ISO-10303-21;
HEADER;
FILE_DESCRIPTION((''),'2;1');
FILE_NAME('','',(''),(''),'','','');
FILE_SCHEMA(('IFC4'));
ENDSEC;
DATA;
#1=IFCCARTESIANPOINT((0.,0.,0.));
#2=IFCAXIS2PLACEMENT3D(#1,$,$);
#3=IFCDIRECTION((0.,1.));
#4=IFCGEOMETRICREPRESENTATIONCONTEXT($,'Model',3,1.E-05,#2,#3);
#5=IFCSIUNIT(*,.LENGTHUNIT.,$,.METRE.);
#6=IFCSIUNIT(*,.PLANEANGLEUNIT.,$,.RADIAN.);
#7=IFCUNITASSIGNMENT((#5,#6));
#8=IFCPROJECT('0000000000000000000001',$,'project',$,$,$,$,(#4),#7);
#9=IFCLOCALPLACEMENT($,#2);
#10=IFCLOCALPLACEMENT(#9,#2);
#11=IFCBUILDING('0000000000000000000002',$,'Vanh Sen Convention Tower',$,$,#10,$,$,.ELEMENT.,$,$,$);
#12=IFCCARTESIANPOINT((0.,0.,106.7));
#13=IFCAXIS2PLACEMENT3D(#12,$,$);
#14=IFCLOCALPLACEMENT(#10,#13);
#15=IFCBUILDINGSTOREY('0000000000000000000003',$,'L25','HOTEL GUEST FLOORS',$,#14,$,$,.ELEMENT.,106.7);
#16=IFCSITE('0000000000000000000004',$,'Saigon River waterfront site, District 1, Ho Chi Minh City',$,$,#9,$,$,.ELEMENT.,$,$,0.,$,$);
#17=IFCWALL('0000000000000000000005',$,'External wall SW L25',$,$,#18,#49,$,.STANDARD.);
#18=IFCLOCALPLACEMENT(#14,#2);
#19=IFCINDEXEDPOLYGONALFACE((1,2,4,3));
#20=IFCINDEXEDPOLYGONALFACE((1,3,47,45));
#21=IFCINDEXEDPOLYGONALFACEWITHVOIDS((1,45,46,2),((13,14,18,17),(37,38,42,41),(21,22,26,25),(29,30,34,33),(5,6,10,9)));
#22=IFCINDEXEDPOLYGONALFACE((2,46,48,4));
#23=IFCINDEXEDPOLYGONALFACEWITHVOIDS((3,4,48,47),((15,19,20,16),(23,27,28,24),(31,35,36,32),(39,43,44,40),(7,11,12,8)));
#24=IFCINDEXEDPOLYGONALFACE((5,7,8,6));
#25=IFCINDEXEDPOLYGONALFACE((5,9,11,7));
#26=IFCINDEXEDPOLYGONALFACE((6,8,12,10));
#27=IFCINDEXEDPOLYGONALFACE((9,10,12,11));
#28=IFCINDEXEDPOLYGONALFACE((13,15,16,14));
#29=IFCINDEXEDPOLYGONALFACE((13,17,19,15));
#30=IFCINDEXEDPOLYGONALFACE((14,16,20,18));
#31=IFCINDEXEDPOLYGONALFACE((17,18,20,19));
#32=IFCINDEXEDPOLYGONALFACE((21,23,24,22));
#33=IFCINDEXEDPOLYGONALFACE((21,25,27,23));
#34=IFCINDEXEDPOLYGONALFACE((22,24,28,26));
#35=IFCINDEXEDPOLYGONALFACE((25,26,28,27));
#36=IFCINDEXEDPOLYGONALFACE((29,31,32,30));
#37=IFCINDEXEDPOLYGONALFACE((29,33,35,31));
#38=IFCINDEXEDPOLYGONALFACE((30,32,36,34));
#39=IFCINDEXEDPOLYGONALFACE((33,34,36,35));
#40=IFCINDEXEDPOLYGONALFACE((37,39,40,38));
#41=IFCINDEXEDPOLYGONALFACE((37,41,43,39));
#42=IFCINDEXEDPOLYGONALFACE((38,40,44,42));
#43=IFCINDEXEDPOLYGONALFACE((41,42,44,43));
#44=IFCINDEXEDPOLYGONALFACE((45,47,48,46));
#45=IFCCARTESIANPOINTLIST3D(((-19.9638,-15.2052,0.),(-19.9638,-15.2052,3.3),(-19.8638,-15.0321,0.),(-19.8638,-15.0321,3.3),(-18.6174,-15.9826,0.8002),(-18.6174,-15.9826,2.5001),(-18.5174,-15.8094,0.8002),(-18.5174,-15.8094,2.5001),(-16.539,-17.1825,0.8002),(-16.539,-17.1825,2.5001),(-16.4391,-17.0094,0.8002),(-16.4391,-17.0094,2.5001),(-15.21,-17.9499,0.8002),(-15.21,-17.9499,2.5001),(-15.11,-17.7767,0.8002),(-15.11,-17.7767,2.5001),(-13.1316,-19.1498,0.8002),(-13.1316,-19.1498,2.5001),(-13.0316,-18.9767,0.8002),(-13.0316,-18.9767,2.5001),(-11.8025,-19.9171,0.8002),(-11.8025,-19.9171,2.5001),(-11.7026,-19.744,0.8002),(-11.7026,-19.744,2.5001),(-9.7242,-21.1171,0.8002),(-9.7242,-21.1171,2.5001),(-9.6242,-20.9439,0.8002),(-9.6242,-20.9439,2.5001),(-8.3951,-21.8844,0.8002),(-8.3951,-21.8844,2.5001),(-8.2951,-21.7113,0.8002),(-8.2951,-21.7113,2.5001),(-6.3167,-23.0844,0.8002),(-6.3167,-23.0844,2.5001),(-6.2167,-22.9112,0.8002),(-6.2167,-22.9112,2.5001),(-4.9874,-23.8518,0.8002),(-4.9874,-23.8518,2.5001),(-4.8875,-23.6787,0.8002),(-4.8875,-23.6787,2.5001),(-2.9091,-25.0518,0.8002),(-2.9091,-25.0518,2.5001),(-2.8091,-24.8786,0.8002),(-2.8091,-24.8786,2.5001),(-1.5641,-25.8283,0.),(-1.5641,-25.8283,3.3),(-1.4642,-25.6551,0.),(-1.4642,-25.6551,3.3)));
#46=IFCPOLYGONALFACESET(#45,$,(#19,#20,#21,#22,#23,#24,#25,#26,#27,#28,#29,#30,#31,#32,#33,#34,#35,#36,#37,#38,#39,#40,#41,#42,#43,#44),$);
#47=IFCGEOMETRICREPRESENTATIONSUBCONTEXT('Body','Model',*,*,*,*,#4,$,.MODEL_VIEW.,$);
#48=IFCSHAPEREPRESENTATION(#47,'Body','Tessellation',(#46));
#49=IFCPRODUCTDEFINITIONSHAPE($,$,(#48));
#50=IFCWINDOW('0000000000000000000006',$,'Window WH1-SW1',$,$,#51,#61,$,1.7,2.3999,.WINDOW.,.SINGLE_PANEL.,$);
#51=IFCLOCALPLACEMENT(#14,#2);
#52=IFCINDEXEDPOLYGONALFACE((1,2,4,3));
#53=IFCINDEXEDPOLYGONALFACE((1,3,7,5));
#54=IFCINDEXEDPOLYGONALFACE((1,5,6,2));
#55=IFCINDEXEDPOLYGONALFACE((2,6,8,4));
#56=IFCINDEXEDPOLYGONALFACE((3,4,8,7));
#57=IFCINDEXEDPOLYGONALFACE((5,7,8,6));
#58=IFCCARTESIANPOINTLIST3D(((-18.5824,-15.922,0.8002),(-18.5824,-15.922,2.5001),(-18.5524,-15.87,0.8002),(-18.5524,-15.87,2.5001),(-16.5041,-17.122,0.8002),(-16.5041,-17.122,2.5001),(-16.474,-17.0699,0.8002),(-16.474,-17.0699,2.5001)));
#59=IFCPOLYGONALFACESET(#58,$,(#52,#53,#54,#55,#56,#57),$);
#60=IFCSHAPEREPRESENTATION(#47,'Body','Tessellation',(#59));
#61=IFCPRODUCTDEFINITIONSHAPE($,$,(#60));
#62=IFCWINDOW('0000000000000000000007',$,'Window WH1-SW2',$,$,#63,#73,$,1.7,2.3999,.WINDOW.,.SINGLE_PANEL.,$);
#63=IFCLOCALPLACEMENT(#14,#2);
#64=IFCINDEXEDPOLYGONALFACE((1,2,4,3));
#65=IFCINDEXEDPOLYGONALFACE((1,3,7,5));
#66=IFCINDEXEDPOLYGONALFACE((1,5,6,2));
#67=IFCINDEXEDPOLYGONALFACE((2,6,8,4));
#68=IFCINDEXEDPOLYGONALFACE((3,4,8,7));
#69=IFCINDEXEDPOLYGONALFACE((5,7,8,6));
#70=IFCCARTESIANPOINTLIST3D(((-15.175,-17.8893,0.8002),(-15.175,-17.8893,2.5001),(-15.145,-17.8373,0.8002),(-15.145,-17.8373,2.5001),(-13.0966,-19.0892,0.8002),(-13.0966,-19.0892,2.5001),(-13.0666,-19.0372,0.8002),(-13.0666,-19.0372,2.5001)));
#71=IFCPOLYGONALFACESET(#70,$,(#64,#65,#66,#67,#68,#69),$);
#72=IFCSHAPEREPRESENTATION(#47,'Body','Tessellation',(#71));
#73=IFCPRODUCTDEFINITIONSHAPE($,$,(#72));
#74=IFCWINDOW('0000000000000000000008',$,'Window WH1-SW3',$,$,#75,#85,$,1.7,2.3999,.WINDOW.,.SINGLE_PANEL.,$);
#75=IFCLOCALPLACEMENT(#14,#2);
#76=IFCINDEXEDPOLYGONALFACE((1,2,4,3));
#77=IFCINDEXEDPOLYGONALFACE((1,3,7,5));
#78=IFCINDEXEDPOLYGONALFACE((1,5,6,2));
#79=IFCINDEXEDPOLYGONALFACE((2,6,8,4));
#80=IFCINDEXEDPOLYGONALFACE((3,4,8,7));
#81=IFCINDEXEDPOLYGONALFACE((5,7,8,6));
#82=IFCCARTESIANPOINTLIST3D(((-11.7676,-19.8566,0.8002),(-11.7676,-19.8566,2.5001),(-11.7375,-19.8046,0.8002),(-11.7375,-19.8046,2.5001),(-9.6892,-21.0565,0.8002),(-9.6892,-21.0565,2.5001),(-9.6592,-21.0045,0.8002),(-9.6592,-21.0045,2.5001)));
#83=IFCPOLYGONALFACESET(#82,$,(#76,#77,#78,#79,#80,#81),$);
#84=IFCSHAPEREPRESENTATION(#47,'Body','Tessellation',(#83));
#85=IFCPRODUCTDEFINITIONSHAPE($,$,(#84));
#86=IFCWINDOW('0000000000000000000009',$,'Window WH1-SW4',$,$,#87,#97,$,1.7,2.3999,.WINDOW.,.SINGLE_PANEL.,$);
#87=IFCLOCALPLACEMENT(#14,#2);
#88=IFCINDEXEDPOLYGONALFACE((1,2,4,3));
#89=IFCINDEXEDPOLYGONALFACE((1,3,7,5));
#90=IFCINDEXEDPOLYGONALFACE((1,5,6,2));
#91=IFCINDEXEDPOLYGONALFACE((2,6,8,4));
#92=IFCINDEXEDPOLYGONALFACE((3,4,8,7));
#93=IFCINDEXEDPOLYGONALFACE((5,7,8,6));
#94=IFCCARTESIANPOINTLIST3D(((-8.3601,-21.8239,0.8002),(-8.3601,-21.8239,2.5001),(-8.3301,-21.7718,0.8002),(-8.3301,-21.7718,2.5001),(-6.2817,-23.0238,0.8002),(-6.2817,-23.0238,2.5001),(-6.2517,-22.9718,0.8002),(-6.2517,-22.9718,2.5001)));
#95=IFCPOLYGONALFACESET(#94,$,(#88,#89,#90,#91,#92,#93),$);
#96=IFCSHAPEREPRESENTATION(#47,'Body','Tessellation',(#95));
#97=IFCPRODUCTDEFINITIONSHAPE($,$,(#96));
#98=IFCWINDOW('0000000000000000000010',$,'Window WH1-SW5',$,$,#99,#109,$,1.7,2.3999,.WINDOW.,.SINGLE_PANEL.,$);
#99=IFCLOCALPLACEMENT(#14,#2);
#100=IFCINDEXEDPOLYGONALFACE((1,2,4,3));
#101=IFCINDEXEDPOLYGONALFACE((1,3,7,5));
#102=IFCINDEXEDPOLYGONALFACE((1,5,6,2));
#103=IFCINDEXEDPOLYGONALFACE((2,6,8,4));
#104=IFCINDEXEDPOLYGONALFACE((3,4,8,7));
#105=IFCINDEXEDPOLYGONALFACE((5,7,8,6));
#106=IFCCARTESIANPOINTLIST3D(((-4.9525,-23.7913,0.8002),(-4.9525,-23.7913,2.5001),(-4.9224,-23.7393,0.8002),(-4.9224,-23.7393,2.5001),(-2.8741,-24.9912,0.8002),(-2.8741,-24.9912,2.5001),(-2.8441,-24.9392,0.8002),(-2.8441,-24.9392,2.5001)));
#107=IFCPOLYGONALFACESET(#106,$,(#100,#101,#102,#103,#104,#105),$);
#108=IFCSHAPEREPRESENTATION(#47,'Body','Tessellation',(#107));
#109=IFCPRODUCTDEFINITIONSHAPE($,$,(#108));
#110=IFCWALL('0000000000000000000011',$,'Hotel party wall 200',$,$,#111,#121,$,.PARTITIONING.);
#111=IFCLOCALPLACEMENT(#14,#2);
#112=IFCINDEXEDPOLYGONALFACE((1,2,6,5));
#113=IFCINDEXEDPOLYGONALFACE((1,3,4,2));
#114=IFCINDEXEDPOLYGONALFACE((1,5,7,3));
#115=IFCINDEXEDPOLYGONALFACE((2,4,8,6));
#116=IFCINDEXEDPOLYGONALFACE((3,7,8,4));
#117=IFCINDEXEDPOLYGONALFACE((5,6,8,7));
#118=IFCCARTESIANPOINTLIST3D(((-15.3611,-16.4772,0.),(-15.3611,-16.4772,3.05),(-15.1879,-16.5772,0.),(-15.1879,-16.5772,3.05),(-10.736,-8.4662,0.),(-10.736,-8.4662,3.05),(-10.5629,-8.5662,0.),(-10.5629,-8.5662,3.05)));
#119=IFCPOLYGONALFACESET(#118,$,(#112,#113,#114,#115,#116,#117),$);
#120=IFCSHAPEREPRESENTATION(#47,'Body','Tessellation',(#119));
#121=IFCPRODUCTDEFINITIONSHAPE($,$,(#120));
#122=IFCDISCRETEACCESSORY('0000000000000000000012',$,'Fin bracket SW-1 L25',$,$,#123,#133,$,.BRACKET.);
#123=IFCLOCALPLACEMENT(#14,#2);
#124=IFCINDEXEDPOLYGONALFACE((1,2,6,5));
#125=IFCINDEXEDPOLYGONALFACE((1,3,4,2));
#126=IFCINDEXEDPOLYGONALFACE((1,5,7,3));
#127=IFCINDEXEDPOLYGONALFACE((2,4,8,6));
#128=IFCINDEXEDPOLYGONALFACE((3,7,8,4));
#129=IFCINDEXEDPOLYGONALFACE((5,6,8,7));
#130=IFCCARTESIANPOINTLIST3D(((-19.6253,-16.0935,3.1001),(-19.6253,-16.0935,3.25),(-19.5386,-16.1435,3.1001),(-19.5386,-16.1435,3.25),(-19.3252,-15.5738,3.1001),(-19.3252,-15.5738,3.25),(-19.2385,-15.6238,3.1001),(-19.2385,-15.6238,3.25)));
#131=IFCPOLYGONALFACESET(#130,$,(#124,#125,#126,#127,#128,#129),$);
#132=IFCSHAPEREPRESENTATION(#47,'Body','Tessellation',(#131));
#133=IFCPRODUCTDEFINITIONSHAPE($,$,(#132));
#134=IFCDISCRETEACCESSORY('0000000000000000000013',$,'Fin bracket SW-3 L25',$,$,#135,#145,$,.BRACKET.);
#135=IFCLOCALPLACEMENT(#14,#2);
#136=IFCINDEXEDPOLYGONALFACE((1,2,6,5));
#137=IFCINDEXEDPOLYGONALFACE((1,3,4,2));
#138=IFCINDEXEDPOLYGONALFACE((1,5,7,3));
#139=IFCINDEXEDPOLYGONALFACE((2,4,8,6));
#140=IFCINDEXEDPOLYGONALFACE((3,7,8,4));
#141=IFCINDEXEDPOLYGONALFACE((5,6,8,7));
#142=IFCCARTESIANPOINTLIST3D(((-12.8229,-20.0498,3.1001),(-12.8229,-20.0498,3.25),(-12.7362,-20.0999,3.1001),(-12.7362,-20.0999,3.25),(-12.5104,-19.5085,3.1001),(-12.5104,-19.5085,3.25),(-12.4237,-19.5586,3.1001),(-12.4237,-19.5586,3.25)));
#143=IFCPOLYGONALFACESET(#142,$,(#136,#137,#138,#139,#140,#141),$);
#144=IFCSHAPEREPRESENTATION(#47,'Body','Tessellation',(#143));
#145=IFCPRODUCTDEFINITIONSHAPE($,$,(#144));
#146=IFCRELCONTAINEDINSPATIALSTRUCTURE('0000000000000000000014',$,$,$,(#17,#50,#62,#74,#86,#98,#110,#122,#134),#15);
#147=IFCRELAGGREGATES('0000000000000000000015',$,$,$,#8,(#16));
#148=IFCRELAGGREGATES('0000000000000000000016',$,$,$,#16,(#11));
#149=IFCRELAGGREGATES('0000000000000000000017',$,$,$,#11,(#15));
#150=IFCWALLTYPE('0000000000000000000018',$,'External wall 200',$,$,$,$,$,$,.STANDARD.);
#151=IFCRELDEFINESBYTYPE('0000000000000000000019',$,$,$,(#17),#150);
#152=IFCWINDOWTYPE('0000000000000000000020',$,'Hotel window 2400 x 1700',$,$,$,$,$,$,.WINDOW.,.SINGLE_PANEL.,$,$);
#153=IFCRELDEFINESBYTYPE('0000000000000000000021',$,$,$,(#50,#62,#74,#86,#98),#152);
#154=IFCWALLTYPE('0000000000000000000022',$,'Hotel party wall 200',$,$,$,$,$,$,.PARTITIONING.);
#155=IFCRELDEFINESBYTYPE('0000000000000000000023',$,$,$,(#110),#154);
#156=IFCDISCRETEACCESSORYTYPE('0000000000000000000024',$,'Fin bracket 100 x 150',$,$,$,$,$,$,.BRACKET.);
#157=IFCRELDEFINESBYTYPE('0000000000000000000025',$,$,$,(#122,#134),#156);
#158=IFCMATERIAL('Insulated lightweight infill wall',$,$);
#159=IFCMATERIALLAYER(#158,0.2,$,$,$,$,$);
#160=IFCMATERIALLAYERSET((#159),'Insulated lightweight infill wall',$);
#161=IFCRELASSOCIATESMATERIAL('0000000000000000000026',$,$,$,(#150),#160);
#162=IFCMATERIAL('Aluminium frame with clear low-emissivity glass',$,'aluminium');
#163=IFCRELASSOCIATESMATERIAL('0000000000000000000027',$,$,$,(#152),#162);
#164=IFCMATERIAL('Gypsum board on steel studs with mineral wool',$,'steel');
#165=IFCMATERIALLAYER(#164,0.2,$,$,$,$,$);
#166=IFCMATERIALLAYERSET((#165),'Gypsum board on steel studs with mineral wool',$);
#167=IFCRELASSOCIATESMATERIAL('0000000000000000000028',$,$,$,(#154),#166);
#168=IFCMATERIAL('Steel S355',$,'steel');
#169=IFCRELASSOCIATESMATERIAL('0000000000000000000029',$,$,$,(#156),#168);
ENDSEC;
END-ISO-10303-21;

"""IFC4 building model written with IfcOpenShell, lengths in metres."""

from ifc_helpers import new_model, si_unit, direction, frame, frame_2d, origin, origin_2d, place, context, subcontext, project, spatial, rectangle, extrude, material, layer, layer_set, type_object, element, fill, save


model = new_model("IFC4")

# Units and contexts
model_context = context("Model", 3, precision=1e-05, world=origin(), true_north=direction((0.0, 1.0)))
body_context = subcontext(model_context, "Body", "Model", "MODEL_VIEW")
ifc_project = project(units=[si_unit("LENGTHUNIT", "METRE"), si_unit("PLANEANGLEUNIT", "RADIAN")], contexts=[model_context])

# Site, building, storey
site_placement = place(None, origin())
site = spatial("IfcSite", under=ifc_project, at=site_placement, Name="Saigon River waterfront site, District 1, Ho Chi Minh City", CompositionType="ELEMENT", RefElevation=0.0)
building_placement = place(site_placement, origin())
building = spatial("IfcBuilding", under=site, at=building_placement, Name="Vanh Sen Convention Tower", CompositionType="ELEMENT")
storey_placement = place(building_placement, frame((0.0, 0.0, 106.7)))
storey = spatial("IfcBuildingStorey", under=building, at=storey_placement, Name="L25", Description="HOTEL GUEST FLOORS", CompositionType="ELEMENT", Elevation=106.7)

# Shared definitions
ifc_material_1 = material(Name="Insulated lightweight infill wall")
ifc_layer_1 = layer(ifc_material_1, 0.2)
ifc_layer_set_1 = layer_set([ifc_layer_1], Name="Insulated lightweight infill wall")
wall_type_1 = type_object("IfcWallType", Name="External wall 200", PredefinedType="STANDARD", material=ifc_layer_set_1)
ifc_material_2 = material(Name="Aluminium frame with clear low-emissivity glass", Category="aluminium")

# Wall, openings, windows
wall_1_placement = place(storey_placement, frame((-19.9138, -15.1187, 0.0), z_axis=(0.0, 0.0, 1.0), x_axis=(0.866025, -0.5, 0.0)))
wall_1 = element("IfcWall", 1, at=wall_1_placement, inside=storey, type_object=wall_type_1, Name="External wall SW L25", PredefinedType="STANDARD", context=body_context, shape_type="SweptSolid", body=[
    extrude(rectangle(XDim=21.2461, YDim=0.2, at=frame_2d((10.623, 0.0))), origin(), (0.0, 0.0, 1.0), 3.3),
])
opening_1_placement = place(wall_1_placement, frame((1.5547, 0.0, 0.8)))
opening_1 = element("IfcOpeningElement", 2, at=opening_1_placement, cuts=wall_1, PredefinedType="OPENING", context=body_context, shape_type="SweptSolid", body=[
    extrude(rectangle(XDim=2.3999, YDim=1.7, at=frame_2d((1.2, 0.8501))), frame((0.0, 0.1099, 0.0), z_axis=(0.0, -1.0, 0.0), x_axis=(1.0, 0.0, 0.0)), (0.0, 0.0, 1.0), 0.22),
])
opening_2_placement = place(wall_1_placement, frame((5.4893, 0.0, 0.8)))
opening_2 = element("IfcOpeningElement", 3, at=opening_2_placement, cuts=wall_1, PredefinedType="OPENING", context=body_context, shape_type="SweptSolid", body=[
    extrude(rectangle(XDim=2.3999, YDim=1.7, at=frame_2d((1.2, 0.8501))), frame((0.0, 0.1099, 0.0), z_axis=(0.0, -1.0, 0.0), x_axis=(1.0, 0.0, 0.0)), (0.0, 0.0, 1.0), 0.22),
])
opening_3_placement = place(wall_1_placement, frame((9.4238, 0.0, 0.8)))
opening_3 = element("IfcOpeningElement", 4, at=opening_3_placement, cuts=wall_1, PredefinedType="OPENING", context=body_context, shape_type="SweptSolid", body=[
    extrude(rectangle(XDim=2.3999, YDim=1.7, at=frame_2d((1.2, 0.8501))), frame((0.0, 0.1099, 0.0), z_axis=(0.0, -1.0, 0.0), x_axis=(1.0, 0.0, 0.0)), (0.0, 0.0, 1.0), 0.22),
])
opening_4_placement = place(wall_1_placement, frame((13.3584, 0.0, 0.8)))
opening_4 = element("IfcOpeningElement", 5, at=opening_4_placement, cuts=wall_1, PredefinedType="OPENING", context=body_context, shape_type="SweptSolid", body=[
    extrude(rectangle(XDim=2.3999, YDim=1.7, at=frame_2d((1.2, 0.8501))), frame((0.0, 0.1099, 0.0), z_axis=(0.0, -1.0, 0.0), x_axis=(1.0, 0.0, 0.0)), (0.0, 0.0, 1.0), 0.22),
])
opening_5_placement = place(wall_1_placement, frame((17.2932, 0.0, 0.8)))
opening_5 = element("IfcOpeningElement", 6, at=opening_5_placement, cuts=wall_1, PredefinedType="OPENING", context=body_context, shape_type="SweptSolid", body=[
    extrude(rectangle(XDim=2.3999, YDim=1.7, at=frame_2d((1.2, 0.8501))), frame((0.0, 0.1099, 0.0), z_axis=(0.0, -1.0, 0.0), x_axis=(1.0, 0.0, 0.0)), (0.0, 0.0, 1.0), 0.22),
])
window_type_1 = type_object("IfcWindowType", Name="Hotel window 2400 x 1700", PartitioningType="SINGLE_PANEL", PredefinedType="WINDOW", material=ifc_material_2)
window_1_placement = place(opening_1_placement, origin())
window_1 = element("IfcWindow", 7, at=window_1_placement, inside=storey, type_object=window_type_1, Name="Window WH1-SW1", OverallHeight=1.7, OverallWidth=2.3999, PartitioningType="SINGLE_PANEL", PredefinedType="WINDOW", context=body_context, shape_type="SweptSolid", body=[
    extrude(rectangle(XDim=2.3999, YDim=1.7, at=frame_2d((1.2, 0.8501))), frame((0.0, 0.03, 0.0), z_axis=(0.0, -1.0, 0.0), x_axis=(1.0, 0.0, 0.0)), (0.0, 0.0, 1.0), 0.0601),
])
fill(opening_1, window_1)
window_2_placement = place(opening_2_placement, origin())
window_2 = element("IfcWindow", 8, at=window_2_placement, inside=storey, type_object=window_type_1, Name="Window WH1-SW2", OverallHeight=1.7, OverallWidth=2.3999, PartitioningType="SINGLE_PANEL", PredefinedType="WINDOW", context=body_context, shape_type="SweptSolid", body=[
    extrude(rectangle(XDim=2.3999, YDim=1.7, at=frame_2d((1.2, 0.8501))), frame((0.0, 0.03, 0.0), z_axis=(0.0, -1.0, 0.0), x_axis=(1.0, 0.0, 0.0)), (0.0, 0.0, 1.0), 0.0601),
])
fill(opening_2, window_2)
window_3_placement = place(opening_3_placement, origin())
window_3 = element("IfcWindow", 9, at=window_3_placement, inside=storey, type_object=window_type_1, Name="Window WH1-SW3", OverallHeight=1.7, OverallWidth=2.3999, PartitioningType="SINGLE_PANEL", PredefinedType="WINDOW", context=body_context, shape_type="SweptSolid", body=[
    extrude(rectangle(XDim=2.3999, YDim=1.7, at=frame_2d((1.2, 0.8501))), frame((0.0, 0.03, 0.0), z_axis=(0.0, -1.0, 0.0), x_axis=(1.0, 0.0, 0.0)), (0.0, 0.0, 1.0), 0.0601),
])
fill(opening_3, window_3)
window_4_placement = place(opening_4_placement, origin())
window_4 = element("IfcWindow", 10, at=window_4_placement, inside=storey, type_object=window_type_1, Name="Window WH1-SW4", OverallHeight=1.7, OverallWidth=2.3999, PartitioningType="SINGLE_PANEL", PredefinedType="WINDOW", context=body_context, shape_type="SweptSolid", body=[
    extrude(rectangle(XDim=2.3999, YDim=1.7, at=frame_2d((1.2, 0.8501))), frame((0.0, 0.03, 0.0), z_axis=(0.0, -1.0, 0.0), x_axis=(1.0, 0.0, 0.0)), (0.0, 0.0, 1.0), 0.0601),
])
fill(opening_4, window_4)
window_5_placement = place(opening_5_placement, origin())
window_5 = element("IfcWindow", 11, at=window_5_placement, inside=storey, type_object=window_type_1, Name="Window WH1-SW5", OverallHeight=1.7, OverallWidth=2.3999, PartitioningType="SINGLE_PANEL", PredefinedType="WINDOW", context=body_context, shape_type="SweptSolid", body=[
    extrude(rectangle(XDim=2.3999, YDim=1.7, at=frame_2d((1.2, 0.8501))), frame((0.0, 0.03, 0.0), z_axis=(0.0, -1.0, 0.0), x_axis=(1.0, 0.0, 0.0)), (0.0, 0.0, 1.0), 0.0601),
])
fill(opening_5, window_5)

# Wall
ifc_material_3 = material(Name="Gypsum board on steel studs with mineral wool", Category="steel")
ifc_layer_2 = layer(ifc_material_3, 0.2)
ifc_layer_set_2 = layer_set([ifc_layer_2], Name="Gypsum board on steel studs with mineral wool")
wall_type_2 = type_object("IfcWallType", Name="Hotel party wall 200", PredefinedType="PARTITIONING", material=ifc_layer_set_2)
wall_2_placement = place(storey_placement, frame((-15.2744, -16.5271, 0.0), z_axis=(0.0, 0.0, 1.0), x_axis=(0.499988, 0.866032, 0.0)))
element("IfcWall", 12, at=wall_2_placement, inside=storey, type_object=wall_type_2, Name="Hotel party wall 200", PredefinedType="PARTITIONING", context=body_context, shape_type="SweptSolid", body=[
    extrude(rectangle(XDim=9.2502, YDim=0.2, at=frame_2d((4.625, 0.0))), origin(), (0.0, 0.0, 1.0), 3.05),
])

# Discrete accessories
ifc_material_4 = material(Name="Steel S355", Category="steel")
discrete_accessory_type = type_object("IfcDiscreteAccessoryType", Name="Fin bracket 100 x 150", PredefinedType="BRACKET", material=ifc_material_4)
discrete_accessory_1_placement = place(storey_placement, frame((-19.4319, -15.8586, 3.1001), z_axis=(0.0, 0.0, 1.0), x_axis=(-0.5, -0.866025, 0.0)))
element("IfcDiscreteAccessory", 13, at=discrete_accessory_1_placement, inside=storey, type_object=discrete_accessory_type, Name="Fin bracket SW-1 L25", PredefinedType="BRACKET", context=body_context, shape_type="SweptSolid", body=[
    extrude(rectangle(XDim=0.6001, YDim=0.1001, at=origin_2d()), origin(), (0.0, 0.0, 1.0), 0.1499),
])
discrete_accessory_2_placement = place(storey_placement, frame((-12.6233, -19.8042, 3.1001), z_axis=(0.0, 0.0, 1.0), x_axis=(-0.5, -0.866025, 0.0)))
element("IfcDiscreteAccessory", 14, at=discrete_accessory_2_placement, inside=storey, type_object=discrete_accessory_type, Name="Fin bracket SW-3 L25", PredefinedType="BRACKET", context=body_context, shape_type="SweptSolid", body=[
    extrude(rectangle(XDim=0.625, YDim=0.1001, at=origin_2d()), origin(), (0.0, 0.0, 1.0), 0.1499),
])

save(model, "model.ifc")
